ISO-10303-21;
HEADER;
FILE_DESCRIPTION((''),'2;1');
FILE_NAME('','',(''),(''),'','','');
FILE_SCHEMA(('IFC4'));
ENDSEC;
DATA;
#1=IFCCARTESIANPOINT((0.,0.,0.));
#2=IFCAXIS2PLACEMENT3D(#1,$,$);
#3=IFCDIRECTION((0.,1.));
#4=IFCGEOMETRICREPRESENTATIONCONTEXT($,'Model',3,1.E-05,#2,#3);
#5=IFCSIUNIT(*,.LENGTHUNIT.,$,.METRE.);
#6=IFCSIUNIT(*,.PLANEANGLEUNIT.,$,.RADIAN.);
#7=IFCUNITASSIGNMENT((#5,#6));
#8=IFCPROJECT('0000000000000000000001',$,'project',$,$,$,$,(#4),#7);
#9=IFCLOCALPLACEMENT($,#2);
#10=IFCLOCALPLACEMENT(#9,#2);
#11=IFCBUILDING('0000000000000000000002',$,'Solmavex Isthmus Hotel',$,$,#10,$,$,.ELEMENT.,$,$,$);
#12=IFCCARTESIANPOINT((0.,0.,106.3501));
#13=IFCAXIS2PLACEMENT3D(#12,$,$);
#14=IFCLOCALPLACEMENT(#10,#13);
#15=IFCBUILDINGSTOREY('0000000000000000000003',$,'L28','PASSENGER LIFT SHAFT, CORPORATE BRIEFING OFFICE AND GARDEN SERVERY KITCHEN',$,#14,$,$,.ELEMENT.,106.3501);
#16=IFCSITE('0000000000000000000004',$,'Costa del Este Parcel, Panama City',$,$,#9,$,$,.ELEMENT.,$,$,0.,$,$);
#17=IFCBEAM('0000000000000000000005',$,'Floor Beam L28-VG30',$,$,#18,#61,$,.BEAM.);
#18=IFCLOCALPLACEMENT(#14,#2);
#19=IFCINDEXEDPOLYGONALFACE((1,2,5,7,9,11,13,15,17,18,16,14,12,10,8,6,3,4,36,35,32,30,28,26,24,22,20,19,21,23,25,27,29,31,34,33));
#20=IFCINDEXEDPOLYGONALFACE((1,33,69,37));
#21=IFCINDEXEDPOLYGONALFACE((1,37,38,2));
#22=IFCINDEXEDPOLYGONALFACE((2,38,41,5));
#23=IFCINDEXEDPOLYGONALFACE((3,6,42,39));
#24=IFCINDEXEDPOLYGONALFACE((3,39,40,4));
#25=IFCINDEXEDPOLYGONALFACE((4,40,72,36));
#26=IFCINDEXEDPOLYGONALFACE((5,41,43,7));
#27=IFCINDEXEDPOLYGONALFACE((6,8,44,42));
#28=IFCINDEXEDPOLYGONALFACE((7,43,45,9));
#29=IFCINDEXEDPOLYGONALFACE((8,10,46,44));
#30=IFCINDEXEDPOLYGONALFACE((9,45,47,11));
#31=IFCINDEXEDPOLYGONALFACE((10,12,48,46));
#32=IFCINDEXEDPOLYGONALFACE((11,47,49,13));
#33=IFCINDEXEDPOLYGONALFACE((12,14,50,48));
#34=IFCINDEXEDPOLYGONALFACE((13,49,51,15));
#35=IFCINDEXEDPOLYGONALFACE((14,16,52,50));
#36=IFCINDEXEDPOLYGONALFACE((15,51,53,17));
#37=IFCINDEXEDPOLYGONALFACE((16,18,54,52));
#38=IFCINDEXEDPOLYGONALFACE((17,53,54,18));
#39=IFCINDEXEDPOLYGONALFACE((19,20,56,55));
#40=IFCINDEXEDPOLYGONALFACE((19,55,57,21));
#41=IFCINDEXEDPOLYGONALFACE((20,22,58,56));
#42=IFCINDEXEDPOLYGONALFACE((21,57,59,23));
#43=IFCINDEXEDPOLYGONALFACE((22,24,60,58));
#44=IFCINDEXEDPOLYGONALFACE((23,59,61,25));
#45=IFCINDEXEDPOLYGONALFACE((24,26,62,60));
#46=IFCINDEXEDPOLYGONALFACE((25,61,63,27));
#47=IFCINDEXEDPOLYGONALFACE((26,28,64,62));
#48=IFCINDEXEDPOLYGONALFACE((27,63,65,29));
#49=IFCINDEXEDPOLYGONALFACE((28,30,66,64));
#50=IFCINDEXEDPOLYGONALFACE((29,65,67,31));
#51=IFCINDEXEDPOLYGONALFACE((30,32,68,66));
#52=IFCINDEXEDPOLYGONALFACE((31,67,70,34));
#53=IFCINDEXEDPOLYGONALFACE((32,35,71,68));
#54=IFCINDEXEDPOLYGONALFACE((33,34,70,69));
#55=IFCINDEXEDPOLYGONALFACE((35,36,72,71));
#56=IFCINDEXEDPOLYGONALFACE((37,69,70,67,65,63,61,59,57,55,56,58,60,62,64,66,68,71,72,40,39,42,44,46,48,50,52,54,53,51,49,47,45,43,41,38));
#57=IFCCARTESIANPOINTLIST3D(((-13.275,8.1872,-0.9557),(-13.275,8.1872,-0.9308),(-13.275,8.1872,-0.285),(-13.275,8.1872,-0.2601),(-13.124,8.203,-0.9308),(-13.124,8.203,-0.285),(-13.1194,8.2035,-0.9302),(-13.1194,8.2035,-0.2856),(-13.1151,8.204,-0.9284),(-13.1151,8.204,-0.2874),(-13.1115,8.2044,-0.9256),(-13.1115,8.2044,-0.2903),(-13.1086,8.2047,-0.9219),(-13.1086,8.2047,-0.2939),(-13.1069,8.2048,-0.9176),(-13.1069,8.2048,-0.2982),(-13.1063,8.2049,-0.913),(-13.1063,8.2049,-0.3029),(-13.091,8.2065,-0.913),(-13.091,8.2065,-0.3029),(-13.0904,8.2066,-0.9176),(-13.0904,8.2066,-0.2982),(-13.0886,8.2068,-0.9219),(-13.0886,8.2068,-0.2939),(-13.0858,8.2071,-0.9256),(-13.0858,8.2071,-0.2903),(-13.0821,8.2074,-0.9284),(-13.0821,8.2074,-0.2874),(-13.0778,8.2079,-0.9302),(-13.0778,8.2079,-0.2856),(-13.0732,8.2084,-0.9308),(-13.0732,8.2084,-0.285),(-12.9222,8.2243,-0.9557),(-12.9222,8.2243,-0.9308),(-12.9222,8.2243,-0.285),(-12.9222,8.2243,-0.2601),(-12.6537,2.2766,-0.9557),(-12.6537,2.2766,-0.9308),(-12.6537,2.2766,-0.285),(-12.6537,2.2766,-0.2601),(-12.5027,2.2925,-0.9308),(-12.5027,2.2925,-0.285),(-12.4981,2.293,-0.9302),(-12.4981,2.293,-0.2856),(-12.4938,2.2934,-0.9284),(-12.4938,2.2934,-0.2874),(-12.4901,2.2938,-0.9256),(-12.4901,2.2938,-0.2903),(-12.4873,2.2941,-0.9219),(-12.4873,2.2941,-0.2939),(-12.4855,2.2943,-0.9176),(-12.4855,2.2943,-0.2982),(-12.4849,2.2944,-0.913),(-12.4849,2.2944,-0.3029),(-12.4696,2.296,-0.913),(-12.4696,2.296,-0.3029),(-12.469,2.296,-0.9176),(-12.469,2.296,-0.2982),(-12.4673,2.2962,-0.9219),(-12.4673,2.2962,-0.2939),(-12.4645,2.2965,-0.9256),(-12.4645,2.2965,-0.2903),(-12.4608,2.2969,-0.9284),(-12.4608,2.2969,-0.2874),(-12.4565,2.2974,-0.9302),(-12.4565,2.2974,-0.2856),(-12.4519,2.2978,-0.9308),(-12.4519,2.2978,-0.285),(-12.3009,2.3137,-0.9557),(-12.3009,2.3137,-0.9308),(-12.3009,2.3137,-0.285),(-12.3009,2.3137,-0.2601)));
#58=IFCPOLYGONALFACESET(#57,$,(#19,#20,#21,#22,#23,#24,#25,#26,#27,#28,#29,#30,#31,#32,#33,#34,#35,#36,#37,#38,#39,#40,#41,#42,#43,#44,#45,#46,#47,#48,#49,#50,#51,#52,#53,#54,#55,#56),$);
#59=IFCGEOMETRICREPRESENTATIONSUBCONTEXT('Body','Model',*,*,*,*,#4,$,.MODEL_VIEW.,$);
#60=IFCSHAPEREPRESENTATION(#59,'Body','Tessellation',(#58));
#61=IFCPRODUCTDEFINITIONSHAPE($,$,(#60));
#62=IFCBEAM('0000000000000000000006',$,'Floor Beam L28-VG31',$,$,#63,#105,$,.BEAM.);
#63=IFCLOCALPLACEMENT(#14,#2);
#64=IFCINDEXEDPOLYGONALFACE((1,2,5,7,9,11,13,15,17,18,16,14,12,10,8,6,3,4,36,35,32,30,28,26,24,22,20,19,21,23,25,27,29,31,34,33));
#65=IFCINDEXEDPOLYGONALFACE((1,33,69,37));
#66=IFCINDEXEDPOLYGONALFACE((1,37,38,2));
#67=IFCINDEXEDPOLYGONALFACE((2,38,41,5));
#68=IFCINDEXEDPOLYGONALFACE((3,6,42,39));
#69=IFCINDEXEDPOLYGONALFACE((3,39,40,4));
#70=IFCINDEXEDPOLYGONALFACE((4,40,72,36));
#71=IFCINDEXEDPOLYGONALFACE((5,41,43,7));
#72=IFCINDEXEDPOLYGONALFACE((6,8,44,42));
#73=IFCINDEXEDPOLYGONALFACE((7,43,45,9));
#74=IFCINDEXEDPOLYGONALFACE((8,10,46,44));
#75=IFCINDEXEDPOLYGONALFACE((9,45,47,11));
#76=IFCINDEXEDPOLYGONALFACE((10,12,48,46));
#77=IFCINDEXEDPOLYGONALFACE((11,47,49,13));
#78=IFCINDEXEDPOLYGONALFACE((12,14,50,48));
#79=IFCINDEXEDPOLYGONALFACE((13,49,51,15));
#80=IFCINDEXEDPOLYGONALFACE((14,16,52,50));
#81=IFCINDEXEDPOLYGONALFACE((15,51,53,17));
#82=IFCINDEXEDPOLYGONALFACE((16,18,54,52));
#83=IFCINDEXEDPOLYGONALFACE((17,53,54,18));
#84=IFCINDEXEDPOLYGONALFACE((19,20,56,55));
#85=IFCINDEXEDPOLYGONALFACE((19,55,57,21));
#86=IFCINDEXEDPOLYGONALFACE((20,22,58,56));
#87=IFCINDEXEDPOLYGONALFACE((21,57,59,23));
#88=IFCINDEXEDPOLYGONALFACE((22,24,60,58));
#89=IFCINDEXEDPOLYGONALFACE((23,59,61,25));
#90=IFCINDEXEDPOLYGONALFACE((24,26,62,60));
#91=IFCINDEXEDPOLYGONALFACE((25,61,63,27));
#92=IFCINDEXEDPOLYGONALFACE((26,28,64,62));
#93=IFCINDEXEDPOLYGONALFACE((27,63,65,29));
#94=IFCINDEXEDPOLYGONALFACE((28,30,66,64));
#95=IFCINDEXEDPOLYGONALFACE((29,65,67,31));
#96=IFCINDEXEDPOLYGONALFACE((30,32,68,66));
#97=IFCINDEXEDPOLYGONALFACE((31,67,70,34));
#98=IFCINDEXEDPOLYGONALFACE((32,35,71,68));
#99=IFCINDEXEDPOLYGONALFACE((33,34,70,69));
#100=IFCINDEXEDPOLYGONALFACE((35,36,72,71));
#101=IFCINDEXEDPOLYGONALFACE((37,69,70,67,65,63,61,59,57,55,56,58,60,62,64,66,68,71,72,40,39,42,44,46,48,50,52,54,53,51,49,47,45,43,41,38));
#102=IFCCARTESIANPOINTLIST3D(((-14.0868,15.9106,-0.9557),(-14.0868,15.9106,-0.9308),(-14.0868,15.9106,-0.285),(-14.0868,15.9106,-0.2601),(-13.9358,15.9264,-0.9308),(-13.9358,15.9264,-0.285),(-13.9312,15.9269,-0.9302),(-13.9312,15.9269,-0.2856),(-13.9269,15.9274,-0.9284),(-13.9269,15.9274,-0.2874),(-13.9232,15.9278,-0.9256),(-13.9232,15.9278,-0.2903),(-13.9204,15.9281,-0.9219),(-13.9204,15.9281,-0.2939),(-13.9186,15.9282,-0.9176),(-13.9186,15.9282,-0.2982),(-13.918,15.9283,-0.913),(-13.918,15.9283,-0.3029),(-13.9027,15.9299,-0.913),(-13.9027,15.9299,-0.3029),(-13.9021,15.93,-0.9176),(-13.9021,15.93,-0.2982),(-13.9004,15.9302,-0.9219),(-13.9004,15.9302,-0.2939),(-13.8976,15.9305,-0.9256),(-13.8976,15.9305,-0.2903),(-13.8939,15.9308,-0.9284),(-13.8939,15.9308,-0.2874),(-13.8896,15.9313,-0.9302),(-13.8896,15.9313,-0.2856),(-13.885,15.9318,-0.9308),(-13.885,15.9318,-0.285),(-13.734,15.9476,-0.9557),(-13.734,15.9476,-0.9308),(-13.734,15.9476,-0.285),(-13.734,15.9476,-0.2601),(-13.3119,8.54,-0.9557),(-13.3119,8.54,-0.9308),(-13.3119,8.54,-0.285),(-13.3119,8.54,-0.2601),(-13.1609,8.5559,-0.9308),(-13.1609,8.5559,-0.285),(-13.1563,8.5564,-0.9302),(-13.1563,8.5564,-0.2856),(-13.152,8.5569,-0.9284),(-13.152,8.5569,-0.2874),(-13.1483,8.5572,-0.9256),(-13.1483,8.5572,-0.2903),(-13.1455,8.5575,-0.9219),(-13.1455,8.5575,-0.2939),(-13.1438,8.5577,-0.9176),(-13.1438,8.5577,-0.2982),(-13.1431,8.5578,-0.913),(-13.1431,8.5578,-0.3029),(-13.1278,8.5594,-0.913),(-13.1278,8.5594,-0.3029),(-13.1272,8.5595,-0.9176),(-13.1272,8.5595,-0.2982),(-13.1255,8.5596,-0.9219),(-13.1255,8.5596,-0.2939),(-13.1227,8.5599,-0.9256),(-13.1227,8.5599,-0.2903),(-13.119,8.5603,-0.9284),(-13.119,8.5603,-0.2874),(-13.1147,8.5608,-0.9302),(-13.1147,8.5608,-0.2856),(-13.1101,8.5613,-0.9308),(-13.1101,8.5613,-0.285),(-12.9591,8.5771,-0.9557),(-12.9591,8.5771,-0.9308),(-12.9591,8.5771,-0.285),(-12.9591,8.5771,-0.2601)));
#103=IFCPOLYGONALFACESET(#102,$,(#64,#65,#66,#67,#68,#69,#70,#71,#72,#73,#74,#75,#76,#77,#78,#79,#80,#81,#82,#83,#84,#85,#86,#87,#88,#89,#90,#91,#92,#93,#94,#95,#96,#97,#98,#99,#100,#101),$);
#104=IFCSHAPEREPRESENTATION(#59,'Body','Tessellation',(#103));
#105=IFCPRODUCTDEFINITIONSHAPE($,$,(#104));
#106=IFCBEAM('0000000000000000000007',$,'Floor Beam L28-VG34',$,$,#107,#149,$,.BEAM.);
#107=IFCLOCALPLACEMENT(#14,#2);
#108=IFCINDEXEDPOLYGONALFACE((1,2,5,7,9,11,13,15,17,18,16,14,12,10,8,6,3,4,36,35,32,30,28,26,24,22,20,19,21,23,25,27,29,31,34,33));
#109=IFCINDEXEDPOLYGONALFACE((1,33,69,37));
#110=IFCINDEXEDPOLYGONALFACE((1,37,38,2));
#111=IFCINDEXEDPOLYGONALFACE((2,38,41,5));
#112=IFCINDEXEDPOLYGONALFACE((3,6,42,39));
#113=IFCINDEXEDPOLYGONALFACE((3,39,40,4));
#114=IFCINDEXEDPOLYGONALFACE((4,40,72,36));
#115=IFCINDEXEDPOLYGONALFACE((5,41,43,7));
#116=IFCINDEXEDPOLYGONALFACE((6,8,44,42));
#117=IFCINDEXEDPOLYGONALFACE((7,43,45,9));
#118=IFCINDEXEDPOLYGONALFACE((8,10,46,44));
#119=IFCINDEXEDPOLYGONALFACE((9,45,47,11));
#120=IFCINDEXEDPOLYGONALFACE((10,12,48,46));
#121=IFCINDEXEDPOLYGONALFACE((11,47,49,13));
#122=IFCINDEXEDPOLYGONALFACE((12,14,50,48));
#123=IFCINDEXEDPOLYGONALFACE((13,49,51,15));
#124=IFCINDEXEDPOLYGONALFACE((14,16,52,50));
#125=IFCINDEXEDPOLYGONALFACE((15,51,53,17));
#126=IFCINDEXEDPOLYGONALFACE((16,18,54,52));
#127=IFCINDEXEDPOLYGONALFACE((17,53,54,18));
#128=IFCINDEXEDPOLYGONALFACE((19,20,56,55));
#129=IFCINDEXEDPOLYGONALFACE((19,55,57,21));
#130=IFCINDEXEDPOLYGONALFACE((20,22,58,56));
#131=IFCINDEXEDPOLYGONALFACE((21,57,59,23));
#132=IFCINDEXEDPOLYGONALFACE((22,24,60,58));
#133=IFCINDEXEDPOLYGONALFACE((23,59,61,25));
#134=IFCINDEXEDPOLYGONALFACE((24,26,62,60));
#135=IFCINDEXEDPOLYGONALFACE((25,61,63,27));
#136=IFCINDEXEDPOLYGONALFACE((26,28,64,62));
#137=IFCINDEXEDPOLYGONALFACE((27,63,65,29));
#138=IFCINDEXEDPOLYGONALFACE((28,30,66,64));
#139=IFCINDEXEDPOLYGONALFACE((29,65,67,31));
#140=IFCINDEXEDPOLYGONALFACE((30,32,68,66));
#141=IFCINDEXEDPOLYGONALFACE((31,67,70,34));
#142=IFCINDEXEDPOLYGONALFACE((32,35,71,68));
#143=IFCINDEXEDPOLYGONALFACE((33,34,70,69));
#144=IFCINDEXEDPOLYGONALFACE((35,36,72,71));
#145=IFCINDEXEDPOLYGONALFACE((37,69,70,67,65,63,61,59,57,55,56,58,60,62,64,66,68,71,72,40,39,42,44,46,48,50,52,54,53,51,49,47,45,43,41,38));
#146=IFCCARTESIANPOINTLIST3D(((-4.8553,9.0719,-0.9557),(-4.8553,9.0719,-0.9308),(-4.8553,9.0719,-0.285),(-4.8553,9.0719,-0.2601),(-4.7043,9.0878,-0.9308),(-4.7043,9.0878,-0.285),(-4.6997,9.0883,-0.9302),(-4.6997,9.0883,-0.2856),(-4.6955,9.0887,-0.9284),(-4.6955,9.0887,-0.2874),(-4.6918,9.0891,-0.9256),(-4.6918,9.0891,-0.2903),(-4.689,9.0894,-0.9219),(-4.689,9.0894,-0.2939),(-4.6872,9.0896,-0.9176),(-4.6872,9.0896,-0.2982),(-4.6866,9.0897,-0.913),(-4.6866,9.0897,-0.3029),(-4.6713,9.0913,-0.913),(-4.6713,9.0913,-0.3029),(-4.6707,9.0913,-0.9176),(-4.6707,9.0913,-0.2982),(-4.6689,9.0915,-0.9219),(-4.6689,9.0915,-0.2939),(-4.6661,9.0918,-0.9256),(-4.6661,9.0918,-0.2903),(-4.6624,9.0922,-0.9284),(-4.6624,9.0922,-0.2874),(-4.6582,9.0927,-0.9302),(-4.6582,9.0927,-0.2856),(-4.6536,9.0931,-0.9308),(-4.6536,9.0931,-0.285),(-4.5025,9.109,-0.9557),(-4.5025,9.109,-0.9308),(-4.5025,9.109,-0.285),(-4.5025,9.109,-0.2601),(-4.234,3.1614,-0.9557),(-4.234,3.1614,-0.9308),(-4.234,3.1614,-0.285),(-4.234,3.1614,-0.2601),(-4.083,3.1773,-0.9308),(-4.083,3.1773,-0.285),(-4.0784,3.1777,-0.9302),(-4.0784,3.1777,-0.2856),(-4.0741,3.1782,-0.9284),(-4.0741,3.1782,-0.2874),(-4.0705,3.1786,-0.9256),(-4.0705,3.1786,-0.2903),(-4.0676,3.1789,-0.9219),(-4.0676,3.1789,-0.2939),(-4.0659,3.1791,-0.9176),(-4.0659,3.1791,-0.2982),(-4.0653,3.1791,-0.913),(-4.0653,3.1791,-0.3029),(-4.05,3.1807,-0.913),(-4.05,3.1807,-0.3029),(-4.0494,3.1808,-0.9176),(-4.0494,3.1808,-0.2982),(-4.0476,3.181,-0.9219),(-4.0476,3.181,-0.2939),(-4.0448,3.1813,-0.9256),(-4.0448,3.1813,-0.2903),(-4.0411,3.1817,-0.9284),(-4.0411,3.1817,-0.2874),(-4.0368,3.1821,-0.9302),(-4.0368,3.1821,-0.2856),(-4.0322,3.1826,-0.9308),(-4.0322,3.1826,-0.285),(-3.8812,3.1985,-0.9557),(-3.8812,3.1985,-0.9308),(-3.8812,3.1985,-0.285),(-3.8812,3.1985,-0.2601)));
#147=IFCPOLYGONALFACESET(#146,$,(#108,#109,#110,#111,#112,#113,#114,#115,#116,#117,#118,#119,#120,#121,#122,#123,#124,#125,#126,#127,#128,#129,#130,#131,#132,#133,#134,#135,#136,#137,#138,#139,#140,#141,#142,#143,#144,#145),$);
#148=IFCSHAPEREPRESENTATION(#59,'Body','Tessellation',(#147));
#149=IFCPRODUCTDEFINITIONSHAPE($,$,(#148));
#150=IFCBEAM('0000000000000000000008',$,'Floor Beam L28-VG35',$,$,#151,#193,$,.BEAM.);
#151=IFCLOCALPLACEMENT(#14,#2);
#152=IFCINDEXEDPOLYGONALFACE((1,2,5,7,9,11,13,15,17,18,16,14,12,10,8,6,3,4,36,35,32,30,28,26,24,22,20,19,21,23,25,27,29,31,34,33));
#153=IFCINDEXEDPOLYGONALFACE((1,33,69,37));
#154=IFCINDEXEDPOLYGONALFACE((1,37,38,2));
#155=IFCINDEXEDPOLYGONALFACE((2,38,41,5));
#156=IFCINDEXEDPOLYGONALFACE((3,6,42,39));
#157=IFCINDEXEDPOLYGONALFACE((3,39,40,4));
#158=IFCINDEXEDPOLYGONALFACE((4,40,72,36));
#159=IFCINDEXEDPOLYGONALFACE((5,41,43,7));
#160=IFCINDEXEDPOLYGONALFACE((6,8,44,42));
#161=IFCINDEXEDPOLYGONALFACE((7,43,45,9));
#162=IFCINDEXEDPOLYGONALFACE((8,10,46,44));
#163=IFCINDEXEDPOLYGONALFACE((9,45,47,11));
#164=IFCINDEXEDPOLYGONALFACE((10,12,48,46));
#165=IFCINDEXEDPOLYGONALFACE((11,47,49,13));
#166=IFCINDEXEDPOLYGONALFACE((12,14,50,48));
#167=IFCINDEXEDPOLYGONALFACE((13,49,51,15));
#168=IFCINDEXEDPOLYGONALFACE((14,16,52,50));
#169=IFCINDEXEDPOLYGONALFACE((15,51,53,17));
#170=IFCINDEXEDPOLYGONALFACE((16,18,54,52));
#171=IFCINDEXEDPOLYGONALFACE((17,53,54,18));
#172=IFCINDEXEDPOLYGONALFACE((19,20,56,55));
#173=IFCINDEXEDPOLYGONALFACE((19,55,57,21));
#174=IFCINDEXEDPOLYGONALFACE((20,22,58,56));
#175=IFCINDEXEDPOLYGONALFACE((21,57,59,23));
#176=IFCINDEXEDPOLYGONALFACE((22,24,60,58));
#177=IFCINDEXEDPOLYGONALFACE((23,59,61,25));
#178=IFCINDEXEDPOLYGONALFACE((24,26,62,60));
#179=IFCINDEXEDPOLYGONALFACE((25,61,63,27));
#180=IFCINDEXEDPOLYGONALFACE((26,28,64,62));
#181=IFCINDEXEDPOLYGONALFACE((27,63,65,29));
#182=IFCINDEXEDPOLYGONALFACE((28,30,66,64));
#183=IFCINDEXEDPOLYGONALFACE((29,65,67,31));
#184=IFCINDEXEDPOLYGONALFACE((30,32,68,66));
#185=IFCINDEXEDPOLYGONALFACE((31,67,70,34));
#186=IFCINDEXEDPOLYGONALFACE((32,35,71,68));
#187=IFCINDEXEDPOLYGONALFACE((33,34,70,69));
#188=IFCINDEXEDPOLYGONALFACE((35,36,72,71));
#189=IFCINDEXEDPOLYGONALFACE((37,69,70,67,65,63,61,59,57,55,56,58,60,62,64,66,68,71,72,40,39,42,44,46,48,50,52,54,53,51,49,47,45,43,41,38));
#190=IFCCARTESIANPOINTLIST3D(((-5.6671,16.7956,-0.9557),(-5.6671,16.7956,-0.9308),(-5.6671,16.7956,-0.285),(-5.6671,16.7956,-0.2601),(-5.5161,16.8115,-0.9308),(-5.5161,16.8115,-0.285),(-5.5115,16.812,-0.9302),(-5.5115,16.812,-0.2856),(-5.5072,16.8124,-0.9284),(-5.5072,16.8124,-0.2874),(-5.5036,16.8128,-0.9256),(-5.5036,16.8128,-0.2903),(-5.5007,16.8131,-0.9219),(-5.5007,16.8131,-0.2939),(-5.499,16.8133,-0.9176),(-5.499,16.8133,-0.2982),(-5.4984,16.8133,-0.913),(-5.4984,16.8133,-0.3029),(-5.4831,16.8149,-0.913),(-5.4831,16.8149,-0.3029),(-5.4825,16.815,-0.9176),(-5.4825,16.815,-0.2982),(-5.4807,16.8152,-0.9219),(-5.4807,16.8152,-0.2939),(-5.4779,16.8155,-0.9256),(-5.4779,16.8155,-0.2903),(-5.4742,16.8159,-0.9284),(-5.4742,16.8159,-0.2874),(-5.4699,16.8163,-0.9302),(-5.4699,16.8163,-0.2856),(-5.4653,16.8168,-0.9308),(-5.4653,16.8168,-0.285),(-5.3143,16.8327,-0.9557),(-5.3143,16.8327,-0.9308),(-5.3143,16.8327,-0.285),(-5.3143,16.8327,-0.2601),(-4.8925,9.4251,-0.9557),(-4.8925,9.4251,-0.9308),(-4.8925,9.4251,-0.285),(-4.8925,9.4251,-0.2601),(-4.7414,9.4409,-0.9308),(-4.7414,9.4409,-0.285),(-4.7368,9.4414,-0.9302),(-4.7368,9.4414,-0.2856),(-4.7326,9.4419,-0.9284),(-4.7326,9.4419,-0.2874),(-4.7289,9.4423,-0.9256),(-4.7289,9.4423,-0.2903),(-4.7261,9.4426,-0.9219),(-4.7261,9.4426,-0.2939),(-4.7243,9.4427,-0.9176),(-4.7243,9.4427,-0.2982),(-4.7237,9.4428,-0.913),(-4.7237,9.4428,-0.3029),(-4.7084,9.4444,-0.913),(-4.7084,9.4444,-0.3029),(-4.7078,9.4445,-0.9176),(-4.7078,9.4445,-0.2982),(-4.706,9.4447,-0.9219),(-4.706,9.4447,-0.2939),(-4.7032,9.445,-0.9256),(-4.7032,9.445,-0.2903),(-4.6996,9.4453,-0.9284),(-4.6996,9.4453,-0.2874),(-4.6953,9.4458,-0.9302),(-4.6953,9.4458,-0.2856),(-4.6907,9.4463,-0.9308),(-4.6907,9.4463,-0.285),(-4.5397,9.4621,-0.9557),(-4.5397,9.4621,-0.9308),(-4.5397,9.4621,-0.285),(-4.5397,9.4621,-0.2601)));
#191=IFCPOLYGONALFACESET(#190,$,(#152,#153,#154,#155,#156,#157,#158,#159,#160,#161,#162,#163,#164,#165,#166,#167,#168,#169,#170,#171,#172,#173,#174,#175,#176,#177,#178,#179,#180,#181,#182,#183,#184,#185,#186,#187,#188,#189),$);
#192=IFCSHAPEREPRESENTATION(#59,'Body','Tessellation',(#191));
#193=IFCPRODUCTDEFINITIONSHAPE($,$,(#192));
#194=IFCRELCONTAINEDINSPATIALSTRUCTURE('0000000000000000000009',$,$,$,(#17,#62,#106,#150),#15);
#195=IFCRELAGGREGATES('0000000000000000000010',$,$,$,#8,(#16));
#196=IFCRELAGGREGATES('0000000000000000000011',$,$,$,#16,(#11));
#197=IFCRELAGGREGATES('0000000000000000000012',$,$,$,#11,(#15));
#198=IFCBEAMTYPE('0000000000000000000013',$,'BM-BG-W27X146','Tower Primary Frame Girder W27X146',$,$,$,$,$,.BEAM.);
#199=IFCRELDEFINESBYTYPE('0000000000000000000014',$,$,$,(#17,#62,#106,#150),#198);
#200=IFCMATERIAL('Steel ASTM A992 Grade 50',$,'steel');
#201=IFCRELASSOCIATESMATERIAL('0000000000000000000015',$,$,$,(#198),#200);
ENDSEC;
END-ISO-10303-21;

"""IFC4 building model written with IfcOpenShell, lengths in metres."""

from ifc_helpers import new_model, si_unit, direction, frame, origin, origin_2d, place, context, subcontext, project, spatial, i_section, extrude, material, material_profile, profile_set, type_object, element, save


model = new_model("IFC4")

# Units and contexts
model_context = context("Model", 3, precision=1e-05, world=origin(), true_north=direction((0.0, 1.0)))
body_context = subcontext(model_context, "Body", "Model", "MODEL_VIEW")
ifc_project = project(units=[si_unit("LENGTHUNIT", "METRE"), si_unit("PLANEANGLEUNIT", "RADIAN")], contexts=[model_context])

# Site, building, storey
site_placement = place(None, origin())
site = spatial("IfcSite", under=ifc_project, at=site_placement, Name="Costa del Este Parcel, Panama City", CompositionType="ELEMENT", RefElevation=0.0)
building_placement = place(site_placement, origin())
building = spatial("IfcBuilding", under=site, at=building_placement, Name="Solmavex Isthmus Hotel", CompositionType="ELEMENT")
storey_placement = place(building_placement, frame((0.0, 0.0, 106.3501)))
storey = spatial("IfcBuildingStorey", under=building, at=storey_placement, Name="L28", Description="PASSENGER LIFT SHAFT, CORPORATE BRIEFING OFFICE AND GARDEN SERVERY KITCHEN", CompositionType="ELEMENT", Elevation=106.3501)

# Beams
ifc_material_1 = material(Name="Steel ASTM A992 Grade 50", Category="steel")
ifc_material_profile_1 = material_profile(ifc_material_1, i_section(OverallWidth=0.3547, OverallDepth=0.6956, WebThickness=0.0154, FlangeThickness=0.0249, FilletRadius=0.0178, at=origin_2d()), Name="W27X146")
ifc_profile_set_1 = profile_set([ifc_material_profile_1], Name="Steel ASTM A992 Grade 50")
beam_type_1 = type_object("IfcBeamType", Name="BM-BG-W27X146", Description="Tower Primary Frame Girder W27X146", PredefinedType="BEAM", material=ifc_profile_set_1)
beam_1_placement = place(storey_placement, frame((-12.4773, 2.2952, -0.6079), z_axis=(-0.104546, 0.99452, 0.0), x_axis=(-0.99452, -0.104546, 0.0)))
element("IfcBeam", 1, at=beam_1_placement, inside=storey, type_object=beam_type_1, Name="Floor Beam L28-VG30", PredefinedType="BEAM", context=body_context, shape_type="SweptSolid", body=[
    extrude(i_section(OverallWidth=0.3547, OverallDepth=0.6956, WebThickness=0.0154, FlangeThickness=0.0249, FilletRadius=0.0178, at=origin_2d()), origin(), (0.0, 0.0, 1.0), 5.9431),
])
beam_2_placement = place(storey_placement, frame((-13.1355, 8.5586, -0.6079), z_axis=(-0.104558, 0.994519, 0.0), x_axis=(-0.994519, -0.104558, 0.0)))
element("IfcBeam", 2, at=beam_2_placement, inside=storey, type_object=beam_type_1, Name="Floor Beam L28-VG31", PredefinedType="BEAM", context=body_context, shape_type="SweptSolid", body=[
    extrude(i_section(OverallWidth=0.3547, OverallDepth=0.6956, WebThickness=0.0154, FlangeThickness=0.0249, FilletRadius=0.0178, at=origin_2d()), origin(), (0.0, 0.0, 1.0), 7.4111),
])
beam_3_placement = place(storey_placement, frame((-4.0576, 3.1799, -0.6079), z_axis=(-0.104546, 0.99452, 0.0), x_axis=(-0.99452, -0.104546, 0.0)))
element("IfcBeam", 3, at=beam_3_placement, inside=storey, type_object=beam_type_1, Name="Floor Beam L28-VG34", PredefinedType="BEAM", context=body_context, shape_type="SweptSolid", body=[
    extrude(i_section(OverallWidth=0.3547, OverallDepth=0.6956, WebThickness=0.0154, FlangeThickness=0.0249, FilletRadius=0.0178, at=origin_2d()), origin(), (0.0, 0.0, 1.0), 5.9431),
])
beam_4_placement = place(storey_placement, frame((-4.7161, 9.4436, -0.6079), z_axis=(-0.104525, 0.994522, 0.0), x_axis=(-0.994522, -0.104525, 0.0)))
element("IfcBeam", 4, at=beam_4_placement, inside=storey, type_object=beam_type_1, Name="Floor Beam L28-VG35", PredefinedType="BEAM", context=body_context, shape_type="SweptSolid", body=[
    extrude(i_section(OverallWidth=0.3547, OverallDepth=0.6956, WebThickness=0.0154, FlangeThickness=0.0249, FilletRadius=0.0178, at=origin_2d()), origin(), (0.0, 0.0, 1.0), 7.4111),
])

save(model, "model.ifc")
